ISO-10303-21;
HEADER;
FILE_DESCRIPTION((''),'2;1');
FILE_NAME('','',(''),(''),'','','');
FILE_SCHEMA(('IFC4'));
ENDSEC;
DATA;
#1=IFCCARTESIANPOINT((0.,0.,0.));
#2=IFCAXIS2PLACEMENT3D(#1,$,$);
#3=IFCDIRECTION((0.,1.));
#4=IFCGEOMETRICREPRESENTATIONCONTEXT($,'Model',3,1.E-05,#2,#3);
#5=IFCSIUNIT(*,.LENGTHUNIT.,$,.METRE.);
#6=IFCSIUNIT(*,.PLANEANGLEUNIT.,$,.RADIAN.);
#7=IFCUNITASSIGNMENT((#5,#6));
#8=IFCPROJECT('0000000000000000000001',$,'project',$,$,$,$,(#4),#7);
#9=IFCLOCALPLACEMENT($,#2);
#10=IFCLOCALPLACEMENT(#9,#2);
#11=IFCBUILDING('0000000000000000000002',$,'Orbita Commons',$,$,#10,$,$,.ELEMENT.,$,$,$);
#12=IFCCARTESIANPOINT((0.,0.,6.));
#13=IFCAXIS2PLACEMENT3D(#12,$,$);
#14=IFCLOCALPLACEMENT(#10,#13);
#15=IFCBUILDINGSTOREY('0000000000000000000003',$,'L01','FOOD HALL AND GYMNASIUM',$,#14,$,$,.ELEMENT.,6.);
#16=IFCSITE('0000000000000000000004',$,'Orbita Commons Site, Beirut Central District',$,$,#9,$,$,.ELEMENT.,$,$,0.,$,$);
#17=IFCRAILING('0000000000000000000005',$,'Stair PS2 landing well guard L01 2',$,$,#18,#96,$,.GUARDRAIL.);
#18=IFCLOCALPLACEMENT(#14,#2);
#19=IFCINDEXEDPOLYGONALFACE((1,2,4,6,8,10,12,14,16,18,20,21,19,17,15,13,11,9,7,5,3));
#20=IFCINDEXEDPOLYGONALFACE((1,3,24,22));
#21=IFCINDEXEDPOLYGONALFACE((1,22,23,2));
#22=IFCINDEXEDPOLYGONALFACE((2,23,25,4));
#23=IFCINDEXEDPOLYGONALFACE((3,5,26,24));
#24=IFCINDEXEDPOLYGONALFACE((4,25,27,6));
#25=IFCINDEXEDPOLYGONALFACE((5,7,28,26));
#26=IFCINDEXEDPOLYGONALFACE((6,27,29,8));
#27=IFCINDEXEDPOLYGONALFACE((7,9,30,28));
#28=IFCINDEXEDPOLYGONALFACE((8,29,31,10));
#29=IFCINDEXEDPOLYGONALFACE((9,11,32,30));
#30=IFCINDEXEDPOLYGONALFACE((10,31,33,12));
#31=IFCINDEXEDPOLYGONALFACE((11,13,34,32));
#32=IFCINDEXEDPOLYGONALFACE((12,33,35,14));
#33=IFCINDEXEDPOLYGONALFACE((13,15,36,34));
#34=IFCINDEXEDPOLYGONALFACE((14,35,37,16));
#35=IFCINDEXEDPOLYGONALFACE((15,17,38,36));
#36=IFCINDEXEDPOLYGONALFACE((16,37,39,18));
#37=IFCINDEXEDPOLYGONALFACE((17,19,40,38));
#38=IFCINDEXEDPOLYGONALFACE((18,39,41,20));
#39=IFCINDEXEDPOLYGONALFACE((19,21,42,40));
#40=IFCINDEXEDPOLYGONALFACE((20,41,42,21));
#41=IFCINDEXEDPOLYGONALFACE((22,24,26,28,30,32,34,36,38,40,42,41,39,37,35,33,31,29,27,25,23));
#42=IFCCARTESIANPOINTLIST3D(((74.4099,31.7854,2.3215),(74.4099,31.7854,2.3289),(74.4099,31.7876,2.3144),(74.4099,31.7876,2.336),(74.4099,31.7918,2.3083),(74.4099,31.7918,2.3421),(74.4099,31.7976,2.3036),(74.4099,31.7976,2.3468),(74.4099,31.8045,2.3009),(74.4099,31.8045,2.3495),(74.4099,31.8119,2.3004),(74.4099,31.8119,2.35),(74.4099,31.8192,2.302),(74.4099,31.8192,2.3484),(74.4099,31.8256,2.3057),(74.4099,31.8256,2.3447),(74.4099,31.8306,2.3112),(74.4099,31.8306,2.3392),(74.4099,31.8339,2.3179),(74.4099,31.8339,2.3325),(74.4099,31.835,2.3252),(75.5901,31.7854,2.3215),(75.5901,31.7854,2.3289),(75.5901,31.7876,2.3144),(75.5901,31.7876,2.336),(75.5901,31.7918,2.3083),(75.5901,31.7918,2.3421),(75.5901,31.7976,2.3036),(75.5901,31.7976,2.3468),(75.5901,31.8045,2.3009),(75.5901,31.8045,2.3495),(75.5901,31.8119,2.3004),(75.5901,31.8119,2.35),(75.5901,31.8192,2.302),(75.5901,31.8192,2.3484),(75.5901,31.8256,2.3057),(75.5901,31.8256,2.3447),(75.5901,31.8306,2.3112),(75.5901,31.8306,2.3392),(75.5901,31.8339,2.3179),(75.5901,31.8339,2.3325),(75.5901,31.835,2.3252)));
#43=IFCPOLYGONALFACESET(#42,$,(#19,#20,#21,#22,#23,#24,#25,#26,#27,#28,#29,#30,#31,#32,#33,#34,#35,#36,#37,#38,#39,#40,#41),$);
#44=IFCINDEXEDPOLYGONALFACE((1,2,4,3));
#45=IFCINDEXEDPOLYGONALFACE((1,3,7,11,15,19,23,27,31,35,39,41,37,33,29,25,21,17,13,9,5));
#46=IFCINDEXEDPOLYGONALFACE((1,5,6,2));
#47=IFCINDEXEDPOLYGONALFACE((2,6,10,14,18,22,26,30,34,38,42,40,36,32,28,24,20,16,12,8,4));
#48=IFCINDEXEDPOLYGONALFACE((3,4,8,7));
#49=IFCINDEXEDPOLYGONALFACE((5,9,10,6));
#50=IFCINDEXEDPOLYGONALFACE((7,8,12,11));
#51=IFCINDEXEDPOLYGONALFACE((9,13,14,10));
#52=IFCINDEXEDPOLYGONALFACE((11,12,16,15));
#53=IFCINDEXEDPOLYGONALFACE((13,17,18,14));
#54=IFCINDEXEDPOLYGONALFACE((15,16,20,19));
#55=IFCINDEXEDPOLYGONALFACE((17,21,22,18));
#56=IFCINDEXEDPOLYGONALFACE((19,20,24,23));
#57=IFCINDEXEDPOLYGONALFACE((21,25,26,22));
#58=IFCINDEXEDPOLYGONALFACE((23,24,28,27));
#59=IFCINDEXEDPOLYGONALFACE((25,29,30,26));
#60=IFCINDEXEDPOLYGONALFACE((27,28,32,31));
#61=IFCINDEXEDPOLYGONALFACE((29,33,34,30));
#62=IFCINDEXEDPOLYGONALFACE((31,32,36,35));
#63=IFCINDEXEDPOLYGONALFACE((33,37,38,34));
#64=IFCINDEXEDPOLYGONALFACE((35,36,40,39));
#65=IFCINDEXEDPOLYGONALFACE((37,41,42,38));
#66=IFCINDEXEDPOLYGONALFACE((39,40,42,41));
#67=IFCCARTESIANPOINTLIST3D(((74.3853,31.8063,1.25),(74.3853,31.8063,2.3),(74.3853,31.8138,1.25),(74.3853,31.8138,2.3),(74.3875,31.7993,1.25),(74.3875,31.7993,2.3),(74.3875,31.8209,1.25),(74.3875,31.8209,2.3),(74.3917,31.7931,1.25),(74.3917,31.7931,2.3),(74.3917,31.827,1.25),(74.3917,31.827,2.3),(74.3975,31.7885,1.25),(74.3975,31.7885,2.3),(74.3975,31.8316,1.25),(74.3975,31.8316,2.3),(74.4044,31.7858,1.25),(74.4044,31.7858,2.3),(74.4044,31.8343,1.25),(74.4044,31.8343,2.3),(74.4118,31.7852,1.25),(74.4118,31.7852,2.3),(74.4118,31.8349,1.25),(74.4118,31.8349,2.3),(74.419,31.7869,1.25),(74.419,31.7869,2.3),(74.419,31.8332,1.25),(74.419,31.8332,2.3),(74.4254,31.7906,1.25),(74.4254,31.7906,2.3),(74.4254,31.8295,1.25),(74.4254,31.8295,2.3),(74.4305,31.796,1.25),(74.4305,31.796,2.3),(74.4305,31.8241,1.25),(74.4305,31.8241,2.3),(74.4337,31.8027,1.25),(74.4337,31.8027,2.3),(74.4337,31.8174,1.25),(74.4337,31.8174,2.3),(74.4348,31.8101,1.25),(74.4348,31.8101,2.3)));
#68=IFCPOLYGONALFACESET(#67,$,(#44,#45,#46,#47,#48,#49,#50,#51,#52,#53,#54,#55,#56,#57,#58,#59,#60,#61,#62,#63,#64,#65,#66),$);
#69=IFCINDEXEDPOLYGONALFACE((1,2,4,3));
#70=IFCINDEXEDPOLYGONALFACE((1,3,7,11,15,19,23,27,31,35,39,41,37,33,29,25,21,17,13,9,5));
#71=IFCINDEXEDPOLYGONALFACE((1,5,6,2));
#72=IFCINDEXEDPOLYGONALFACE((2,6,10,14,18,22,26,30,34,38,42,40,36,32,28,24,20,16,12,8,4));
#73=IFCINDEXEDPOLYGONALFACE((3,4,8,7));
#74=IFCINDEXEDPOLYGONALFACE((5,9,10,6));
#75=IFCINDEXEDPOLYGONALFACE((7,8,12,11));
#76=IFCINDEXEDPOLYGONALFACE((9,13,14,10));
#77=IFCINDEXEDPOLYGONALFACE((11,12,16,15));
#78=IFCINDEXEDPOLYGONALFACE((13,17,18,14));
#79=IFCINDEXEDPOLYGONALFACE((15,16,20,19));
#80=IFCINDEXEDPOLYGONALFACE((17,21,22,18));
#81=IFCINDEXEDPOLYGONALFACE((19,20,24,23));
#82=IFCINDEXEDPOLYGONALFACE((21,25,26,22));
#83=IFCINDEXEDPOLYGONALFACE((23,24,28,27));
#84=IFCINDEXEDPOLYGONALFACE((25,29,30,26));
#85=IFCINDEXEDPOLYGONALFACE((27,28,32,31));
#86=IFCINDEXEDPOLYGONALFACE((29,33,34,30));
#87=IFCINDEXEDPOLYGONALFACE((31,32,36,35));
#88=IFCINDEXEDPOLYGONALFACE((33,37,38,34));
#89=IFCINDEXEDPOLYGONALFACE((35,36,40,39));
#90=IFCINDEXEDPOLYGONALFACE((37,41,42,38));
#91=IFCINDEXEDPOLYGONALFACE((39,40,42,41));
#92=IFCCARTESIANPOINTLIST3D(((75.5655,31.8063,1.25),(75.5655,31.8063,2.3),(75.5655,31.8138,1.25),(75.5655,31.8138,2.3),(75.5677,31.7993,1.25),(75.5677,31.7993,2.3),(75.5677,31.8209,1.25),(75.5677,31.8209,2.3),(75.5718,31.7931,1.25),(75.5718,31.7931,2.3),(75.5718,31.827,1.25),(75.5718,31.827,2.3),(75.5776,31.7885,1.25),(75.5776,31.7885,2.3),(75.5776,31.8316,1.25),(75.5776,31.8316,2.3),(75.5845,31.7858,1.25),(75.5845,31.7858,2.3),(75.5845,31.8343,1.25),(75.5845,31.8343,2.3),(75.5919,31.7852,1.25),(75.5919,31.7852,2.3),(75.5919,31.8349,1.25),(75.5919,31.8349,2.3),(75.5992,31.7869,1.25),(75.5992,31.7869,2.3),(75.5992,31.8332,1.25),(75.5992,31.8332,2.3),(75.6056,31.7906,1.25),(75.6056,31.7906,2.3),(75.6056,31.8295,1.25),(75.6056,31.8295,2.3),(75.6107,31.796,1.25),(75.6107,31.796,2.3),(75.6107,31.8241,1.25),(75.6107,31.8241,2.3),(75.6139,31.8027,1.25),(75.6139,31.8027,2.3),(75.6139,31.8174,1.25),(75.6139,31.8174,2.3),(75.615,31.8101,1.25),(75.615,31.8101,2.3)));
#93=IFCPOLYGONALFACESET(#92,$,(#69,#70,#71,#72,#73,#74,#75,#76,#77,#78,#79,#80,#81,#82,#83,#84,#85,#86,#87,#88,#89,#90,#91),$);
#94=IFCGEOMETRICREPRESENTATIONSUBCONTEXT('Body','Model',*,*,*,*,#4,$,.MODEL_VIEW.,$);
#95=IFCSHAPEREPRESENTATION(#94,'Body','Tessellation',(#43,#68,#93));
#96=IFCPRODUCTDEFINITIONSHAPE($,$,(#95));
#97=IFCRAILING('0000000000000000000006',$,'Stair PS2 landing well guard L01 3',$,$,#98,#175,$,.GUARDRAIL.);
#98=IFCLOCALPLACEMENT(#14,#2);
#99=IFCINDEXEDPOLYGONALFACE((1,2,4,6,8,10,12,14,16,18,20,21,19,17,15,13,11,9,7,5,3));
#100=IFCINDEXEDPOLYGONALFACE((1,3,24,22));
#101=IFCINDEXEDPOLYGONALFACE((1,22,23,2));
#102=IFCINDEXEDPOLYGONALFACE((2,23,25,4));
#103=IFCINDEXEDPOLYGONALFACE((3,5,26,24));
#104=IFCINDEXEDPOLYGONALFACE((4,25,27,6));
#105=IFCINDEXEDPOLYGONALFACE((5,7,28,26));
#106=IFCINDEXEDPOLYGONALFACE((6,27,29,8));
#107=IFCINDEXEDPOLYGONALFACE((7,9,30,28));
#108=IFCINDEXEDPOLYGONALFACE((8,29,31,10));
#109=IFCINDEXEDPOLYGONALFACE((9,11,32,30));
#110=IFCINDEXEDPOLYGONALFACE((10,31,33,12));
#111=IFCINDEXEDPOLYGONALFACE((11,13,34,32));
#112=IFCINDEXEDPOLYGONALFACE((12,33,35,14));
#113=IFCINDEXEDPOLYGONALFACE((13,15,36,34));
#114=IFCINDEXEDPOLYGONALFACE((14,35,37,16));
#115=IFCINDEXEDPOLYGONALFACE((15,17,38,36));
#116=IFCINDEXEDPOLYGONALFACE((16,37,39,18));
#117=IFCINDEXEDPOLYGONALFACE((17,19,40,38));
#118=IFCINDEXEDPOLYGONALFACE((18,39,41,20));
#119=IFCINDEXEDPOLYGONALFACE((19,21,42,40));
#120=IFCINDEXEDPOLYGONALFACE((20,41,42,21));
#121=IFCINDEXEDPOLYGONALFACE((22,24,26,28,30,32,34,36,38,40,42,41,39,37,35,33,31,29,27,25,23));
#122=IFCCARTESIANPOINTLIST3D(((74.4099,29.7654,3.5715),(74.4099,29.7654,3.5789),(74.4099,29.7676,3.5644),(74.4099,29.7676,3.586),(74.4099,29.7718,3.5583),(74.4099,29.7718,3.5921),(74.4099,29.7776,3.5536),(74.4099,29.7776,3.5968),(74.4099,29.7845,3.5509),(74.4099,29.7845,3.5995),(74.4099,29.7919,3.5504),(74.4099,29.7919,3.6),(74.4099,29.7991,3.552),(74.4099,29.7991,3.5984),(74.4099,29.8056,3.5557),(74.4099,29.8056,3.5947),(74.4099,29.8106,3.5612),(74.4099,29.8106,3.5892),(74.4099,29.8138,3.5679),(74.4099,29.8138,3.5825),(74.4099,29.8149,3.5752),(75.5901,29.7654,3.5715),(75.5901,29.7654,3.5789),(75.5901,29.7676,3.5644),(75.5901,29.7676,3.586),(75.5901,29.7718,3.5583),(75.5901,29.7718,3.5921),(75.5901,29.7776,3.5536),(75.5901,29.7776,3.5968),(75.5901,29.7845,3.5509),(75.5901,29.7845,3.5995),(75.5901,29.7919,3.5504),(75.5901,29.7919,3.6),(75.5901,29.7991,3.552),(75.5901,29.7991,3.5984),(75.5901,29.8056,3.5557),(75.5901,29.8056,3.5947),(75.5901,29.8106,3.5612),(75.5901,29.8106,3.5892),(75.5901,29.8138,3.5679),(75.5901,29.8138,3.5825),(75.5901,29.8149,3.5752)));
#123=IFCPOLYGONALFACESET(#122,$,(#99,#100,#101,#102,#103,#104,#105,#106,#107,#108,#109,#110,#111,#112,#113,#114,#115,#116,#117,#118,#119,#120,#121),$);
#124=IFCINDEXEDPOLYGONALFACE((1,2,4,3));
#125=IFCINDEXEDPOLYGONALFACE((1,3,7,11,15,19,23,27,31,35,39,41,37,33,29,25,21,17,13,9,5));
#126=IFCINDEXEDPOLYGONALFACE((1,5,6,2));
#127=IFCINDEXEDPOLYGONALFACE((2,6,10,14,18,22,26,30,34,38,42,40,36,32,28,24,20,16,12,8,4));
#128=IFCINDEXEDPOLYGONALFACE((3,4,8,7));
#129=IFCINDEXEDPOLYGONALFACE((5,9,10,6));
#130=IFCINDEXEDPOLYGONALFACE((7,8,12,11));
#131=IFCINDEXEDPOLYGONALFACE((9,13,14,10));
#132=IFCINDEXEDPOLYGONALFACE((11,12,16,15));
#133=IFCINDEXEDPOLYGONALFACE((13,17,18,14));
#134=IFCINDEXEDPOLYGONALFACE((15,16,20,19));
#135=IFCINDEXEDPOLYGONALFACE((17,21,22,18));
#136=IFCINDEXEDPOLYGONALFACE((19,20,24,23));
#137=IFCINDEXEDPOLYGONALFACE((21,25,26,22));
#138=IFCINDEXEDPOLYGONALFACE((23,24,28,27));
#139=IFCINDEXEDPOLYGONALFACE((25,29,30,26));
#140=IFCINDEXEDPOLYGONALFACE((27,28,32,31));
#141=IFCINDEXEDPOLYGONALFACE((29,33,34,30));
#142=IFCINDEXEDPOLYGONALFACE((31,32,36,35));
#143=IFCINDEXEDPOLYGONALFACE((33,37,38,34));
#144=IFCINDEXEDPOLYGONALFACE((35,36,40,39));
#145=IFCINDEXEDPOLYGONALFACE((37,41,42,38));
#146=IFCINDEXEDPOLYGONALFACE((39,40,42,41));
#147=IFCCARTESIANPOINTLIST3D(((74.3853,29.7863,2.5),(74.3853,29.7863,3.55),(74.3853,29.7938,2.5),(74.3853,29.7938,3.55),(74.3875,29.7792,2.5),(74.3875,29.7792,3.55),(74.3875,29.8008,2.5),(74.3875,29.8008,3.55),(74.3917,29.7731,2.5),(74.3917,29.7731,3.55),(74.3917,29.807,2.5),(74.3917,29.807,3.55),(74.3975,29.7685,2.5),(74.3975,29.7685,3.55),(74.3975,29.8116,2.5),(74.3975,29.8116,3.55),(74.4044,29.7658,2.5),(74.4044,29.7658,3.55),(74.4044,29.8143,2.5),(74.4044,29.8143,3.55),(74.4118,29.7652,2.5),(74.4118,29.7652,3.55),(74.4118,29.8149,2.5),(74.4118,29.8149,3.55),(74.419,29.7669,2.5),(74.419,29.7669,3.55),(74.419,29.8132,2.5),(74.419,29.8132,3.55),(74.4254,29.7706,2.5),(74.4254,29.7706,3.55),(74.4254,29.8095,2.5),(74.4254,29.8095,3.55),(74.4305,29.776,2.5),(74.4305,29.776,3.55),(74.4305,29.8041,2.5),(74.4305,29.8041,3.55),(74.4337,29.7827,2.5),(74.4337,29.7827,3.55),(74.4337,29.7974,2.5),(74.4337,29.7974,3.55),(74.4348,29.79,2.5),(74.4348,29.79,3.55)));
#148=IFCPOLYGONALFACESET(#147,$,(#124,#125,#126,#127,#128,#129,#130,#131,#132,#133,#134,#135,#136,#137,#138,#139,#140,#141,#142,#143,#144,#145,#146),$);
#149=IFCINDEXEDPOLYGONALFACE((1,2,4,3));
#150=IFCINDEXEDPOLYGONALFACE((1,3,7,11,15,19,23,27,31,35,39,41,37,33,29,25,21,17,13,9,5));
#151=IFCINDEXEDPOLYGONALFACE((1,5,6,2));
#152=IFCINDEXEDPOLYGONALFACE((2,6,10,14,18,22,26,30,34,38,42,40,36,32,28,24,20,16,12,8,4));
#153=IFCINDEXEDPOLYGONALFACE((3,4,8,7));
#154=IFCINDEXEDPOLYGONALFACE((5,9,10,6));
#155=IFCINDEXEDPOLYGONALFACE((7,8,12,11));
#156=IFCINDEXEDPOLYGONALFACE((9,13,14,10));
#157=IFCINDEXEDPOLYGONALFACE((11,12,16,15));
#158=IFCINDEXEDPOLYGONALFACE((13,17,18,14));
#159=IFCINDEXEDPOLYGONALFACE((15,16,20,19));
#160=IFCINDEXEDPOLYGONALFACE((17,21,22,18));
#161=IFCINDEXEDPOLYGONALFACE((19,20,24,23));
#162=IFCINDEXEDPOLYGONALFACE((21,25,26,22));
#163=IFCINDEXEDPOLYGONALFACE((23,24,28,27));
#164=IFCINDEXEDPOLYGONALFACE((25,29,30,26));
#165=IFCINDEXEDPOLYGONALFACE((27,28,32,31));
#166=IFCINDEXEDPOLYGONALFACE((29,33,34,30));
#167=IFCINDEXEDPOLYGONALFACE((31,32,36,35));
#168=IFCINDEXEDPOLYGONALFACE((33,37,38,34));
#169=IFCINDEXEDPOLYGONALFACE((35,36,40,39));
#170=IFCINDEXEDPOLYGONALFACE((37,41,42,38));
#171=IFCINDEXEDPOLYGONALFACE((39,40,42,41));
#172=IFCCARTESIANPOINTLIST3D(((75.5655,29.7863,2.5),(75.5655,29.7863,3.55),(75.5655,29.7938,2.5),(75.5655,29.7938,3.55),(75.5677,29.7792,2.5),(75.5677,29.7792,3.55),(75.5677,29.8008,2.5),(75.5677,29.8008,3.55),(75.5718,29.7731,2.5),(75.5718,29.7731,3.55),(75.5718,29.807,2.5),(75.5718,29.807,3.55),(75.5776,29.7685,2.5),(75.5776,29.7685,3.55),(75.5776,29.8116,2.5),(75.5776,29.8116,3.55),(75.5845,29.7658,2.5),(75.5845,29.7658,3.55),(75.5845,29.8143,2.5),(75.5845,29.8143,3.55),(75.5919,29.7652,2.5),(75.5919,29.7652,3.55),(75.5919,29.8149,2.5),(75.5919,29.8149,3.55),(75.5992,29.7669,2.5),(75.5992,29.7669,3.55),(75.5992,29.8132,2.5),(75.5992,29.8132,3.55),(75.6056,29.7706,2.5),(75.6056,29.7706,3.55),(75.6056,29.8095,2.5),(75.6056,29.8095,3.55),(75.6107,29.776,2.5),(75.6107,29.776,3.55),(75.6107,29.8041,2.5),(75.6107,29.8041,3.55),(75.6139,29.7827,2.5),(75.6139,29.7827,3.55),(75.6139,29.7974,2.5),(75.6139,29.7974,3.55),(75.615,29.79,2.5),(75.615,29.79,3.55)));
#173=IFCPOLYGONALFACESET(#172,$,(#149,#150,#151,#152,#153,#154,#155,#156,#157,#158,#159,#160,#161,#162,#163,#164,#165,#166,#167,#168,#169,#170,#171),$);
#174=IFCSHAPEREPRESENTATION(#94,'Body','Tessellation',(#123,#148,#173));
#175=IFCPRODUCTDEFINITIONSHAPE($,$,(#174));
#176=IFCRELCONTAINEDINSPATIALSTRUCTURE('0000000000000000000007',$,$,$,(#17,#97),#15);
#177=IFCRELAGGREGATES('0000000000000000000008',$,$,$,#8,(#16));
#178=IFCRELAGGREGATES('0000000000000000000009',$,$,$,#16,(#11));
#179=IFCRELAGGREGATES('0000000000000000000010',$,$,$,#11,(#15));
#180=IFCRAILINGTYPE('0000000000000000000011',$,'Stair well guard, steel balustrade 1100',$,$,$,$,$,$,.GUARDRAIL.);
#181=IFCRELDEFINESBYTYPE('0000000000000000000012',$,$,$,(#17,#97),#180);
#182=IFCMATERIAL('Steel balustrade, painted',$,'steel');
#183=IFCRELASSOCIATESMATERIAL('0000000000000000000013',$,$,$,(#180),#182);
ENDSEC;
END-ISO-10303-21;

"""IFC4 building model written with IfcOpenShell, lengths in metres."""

from ifc_helpers import new_model, si_unit, direction, frame, origin, origin_2d, place, context, subcontext, project, spatial, circle, extrude, material, type_object, element, save


model = new_model("IFC4")

# Units and contexts
model_context = context("Model", 3, precision=1e-05, world=origin(), true_north=direction((0.0, 1.0)))
body_context = subcontext(model_context, "Body", "Model", "MODEL_VIEW")
ifc_project = project(units=[si_unit("LENGTHUNIT", "METRE"), si_unit("PLANEANGLEUNIT", "RADIAN")], contexts=[model_context])

# Site, building, storey
site_placement = place(None, origin())
site = spatial("IfcSite", under=ifc_project, at=site_placement, Name="Orbita Commons Site, Beirut Central District", CompositionType="ELEMENT", RefElevation=0.0)
building_placement = place(site_placement, origin())
building = spatial("IfcBuilding", under=site, at=building_placement, Name="Orbita Commons", CompositionType="ELEMENT")
storey_placement = place(building_placement, frame((0.0, 0.0, 6.0)))
storey = spatial("IfcBuildingStorey", under=building, at=storey_placement, Name="L01", Description="FOOD HALL AND GYMNASIUM", CompositionType="ELEMENT", Elevation=6.0)

# Railings
ifc_material_1 = material(Name="Steel balustrade, painted", Category="steel")
railing_type_1 = type_object("IfcRailingType", Name="Stair well guard, steel balustrade 1100", PredefinedType="GUARDRAIL", material=ifc_material_1)
for number, where, name in (
    (1, (74.4099, 31.8101, 1.25), "Stair PS2 landing well guard L01 2"),
    (2, (74.4099, 29.79, 2.5), "Stair PS2 landing well guard L01 3"),
):
    element("IfcRailing", number, at=place(storey_placement, frame(where)), inside=storey, type_object=railing_type_1, Name=name, PredefinedType="GUARDRAIL", context=body_context, shape_type="SweptSolid", body=[
        extrude(circle(Radius=0.0249, at=origin_2d()), frame((0.0, 0.0, 1.0752), z_axis=(1.0, 0.0, 0.0), x_axis=(0.0, 1.0, 0.0)), (0.0, 0.0, 1.0), 1.1802),
        extrude(circle(Radius=0.0249, at=origin_2d()), origin(), (0.0, 0.0, 1.0), 1.05),
        extrude(circle(Radius=0.0249, at=origin_2d()), frame((1.1802, 0.0, 0.0)), (0.0, 0.0, 1.0), 1.05),
    ])

save(model, "model.ifc")
